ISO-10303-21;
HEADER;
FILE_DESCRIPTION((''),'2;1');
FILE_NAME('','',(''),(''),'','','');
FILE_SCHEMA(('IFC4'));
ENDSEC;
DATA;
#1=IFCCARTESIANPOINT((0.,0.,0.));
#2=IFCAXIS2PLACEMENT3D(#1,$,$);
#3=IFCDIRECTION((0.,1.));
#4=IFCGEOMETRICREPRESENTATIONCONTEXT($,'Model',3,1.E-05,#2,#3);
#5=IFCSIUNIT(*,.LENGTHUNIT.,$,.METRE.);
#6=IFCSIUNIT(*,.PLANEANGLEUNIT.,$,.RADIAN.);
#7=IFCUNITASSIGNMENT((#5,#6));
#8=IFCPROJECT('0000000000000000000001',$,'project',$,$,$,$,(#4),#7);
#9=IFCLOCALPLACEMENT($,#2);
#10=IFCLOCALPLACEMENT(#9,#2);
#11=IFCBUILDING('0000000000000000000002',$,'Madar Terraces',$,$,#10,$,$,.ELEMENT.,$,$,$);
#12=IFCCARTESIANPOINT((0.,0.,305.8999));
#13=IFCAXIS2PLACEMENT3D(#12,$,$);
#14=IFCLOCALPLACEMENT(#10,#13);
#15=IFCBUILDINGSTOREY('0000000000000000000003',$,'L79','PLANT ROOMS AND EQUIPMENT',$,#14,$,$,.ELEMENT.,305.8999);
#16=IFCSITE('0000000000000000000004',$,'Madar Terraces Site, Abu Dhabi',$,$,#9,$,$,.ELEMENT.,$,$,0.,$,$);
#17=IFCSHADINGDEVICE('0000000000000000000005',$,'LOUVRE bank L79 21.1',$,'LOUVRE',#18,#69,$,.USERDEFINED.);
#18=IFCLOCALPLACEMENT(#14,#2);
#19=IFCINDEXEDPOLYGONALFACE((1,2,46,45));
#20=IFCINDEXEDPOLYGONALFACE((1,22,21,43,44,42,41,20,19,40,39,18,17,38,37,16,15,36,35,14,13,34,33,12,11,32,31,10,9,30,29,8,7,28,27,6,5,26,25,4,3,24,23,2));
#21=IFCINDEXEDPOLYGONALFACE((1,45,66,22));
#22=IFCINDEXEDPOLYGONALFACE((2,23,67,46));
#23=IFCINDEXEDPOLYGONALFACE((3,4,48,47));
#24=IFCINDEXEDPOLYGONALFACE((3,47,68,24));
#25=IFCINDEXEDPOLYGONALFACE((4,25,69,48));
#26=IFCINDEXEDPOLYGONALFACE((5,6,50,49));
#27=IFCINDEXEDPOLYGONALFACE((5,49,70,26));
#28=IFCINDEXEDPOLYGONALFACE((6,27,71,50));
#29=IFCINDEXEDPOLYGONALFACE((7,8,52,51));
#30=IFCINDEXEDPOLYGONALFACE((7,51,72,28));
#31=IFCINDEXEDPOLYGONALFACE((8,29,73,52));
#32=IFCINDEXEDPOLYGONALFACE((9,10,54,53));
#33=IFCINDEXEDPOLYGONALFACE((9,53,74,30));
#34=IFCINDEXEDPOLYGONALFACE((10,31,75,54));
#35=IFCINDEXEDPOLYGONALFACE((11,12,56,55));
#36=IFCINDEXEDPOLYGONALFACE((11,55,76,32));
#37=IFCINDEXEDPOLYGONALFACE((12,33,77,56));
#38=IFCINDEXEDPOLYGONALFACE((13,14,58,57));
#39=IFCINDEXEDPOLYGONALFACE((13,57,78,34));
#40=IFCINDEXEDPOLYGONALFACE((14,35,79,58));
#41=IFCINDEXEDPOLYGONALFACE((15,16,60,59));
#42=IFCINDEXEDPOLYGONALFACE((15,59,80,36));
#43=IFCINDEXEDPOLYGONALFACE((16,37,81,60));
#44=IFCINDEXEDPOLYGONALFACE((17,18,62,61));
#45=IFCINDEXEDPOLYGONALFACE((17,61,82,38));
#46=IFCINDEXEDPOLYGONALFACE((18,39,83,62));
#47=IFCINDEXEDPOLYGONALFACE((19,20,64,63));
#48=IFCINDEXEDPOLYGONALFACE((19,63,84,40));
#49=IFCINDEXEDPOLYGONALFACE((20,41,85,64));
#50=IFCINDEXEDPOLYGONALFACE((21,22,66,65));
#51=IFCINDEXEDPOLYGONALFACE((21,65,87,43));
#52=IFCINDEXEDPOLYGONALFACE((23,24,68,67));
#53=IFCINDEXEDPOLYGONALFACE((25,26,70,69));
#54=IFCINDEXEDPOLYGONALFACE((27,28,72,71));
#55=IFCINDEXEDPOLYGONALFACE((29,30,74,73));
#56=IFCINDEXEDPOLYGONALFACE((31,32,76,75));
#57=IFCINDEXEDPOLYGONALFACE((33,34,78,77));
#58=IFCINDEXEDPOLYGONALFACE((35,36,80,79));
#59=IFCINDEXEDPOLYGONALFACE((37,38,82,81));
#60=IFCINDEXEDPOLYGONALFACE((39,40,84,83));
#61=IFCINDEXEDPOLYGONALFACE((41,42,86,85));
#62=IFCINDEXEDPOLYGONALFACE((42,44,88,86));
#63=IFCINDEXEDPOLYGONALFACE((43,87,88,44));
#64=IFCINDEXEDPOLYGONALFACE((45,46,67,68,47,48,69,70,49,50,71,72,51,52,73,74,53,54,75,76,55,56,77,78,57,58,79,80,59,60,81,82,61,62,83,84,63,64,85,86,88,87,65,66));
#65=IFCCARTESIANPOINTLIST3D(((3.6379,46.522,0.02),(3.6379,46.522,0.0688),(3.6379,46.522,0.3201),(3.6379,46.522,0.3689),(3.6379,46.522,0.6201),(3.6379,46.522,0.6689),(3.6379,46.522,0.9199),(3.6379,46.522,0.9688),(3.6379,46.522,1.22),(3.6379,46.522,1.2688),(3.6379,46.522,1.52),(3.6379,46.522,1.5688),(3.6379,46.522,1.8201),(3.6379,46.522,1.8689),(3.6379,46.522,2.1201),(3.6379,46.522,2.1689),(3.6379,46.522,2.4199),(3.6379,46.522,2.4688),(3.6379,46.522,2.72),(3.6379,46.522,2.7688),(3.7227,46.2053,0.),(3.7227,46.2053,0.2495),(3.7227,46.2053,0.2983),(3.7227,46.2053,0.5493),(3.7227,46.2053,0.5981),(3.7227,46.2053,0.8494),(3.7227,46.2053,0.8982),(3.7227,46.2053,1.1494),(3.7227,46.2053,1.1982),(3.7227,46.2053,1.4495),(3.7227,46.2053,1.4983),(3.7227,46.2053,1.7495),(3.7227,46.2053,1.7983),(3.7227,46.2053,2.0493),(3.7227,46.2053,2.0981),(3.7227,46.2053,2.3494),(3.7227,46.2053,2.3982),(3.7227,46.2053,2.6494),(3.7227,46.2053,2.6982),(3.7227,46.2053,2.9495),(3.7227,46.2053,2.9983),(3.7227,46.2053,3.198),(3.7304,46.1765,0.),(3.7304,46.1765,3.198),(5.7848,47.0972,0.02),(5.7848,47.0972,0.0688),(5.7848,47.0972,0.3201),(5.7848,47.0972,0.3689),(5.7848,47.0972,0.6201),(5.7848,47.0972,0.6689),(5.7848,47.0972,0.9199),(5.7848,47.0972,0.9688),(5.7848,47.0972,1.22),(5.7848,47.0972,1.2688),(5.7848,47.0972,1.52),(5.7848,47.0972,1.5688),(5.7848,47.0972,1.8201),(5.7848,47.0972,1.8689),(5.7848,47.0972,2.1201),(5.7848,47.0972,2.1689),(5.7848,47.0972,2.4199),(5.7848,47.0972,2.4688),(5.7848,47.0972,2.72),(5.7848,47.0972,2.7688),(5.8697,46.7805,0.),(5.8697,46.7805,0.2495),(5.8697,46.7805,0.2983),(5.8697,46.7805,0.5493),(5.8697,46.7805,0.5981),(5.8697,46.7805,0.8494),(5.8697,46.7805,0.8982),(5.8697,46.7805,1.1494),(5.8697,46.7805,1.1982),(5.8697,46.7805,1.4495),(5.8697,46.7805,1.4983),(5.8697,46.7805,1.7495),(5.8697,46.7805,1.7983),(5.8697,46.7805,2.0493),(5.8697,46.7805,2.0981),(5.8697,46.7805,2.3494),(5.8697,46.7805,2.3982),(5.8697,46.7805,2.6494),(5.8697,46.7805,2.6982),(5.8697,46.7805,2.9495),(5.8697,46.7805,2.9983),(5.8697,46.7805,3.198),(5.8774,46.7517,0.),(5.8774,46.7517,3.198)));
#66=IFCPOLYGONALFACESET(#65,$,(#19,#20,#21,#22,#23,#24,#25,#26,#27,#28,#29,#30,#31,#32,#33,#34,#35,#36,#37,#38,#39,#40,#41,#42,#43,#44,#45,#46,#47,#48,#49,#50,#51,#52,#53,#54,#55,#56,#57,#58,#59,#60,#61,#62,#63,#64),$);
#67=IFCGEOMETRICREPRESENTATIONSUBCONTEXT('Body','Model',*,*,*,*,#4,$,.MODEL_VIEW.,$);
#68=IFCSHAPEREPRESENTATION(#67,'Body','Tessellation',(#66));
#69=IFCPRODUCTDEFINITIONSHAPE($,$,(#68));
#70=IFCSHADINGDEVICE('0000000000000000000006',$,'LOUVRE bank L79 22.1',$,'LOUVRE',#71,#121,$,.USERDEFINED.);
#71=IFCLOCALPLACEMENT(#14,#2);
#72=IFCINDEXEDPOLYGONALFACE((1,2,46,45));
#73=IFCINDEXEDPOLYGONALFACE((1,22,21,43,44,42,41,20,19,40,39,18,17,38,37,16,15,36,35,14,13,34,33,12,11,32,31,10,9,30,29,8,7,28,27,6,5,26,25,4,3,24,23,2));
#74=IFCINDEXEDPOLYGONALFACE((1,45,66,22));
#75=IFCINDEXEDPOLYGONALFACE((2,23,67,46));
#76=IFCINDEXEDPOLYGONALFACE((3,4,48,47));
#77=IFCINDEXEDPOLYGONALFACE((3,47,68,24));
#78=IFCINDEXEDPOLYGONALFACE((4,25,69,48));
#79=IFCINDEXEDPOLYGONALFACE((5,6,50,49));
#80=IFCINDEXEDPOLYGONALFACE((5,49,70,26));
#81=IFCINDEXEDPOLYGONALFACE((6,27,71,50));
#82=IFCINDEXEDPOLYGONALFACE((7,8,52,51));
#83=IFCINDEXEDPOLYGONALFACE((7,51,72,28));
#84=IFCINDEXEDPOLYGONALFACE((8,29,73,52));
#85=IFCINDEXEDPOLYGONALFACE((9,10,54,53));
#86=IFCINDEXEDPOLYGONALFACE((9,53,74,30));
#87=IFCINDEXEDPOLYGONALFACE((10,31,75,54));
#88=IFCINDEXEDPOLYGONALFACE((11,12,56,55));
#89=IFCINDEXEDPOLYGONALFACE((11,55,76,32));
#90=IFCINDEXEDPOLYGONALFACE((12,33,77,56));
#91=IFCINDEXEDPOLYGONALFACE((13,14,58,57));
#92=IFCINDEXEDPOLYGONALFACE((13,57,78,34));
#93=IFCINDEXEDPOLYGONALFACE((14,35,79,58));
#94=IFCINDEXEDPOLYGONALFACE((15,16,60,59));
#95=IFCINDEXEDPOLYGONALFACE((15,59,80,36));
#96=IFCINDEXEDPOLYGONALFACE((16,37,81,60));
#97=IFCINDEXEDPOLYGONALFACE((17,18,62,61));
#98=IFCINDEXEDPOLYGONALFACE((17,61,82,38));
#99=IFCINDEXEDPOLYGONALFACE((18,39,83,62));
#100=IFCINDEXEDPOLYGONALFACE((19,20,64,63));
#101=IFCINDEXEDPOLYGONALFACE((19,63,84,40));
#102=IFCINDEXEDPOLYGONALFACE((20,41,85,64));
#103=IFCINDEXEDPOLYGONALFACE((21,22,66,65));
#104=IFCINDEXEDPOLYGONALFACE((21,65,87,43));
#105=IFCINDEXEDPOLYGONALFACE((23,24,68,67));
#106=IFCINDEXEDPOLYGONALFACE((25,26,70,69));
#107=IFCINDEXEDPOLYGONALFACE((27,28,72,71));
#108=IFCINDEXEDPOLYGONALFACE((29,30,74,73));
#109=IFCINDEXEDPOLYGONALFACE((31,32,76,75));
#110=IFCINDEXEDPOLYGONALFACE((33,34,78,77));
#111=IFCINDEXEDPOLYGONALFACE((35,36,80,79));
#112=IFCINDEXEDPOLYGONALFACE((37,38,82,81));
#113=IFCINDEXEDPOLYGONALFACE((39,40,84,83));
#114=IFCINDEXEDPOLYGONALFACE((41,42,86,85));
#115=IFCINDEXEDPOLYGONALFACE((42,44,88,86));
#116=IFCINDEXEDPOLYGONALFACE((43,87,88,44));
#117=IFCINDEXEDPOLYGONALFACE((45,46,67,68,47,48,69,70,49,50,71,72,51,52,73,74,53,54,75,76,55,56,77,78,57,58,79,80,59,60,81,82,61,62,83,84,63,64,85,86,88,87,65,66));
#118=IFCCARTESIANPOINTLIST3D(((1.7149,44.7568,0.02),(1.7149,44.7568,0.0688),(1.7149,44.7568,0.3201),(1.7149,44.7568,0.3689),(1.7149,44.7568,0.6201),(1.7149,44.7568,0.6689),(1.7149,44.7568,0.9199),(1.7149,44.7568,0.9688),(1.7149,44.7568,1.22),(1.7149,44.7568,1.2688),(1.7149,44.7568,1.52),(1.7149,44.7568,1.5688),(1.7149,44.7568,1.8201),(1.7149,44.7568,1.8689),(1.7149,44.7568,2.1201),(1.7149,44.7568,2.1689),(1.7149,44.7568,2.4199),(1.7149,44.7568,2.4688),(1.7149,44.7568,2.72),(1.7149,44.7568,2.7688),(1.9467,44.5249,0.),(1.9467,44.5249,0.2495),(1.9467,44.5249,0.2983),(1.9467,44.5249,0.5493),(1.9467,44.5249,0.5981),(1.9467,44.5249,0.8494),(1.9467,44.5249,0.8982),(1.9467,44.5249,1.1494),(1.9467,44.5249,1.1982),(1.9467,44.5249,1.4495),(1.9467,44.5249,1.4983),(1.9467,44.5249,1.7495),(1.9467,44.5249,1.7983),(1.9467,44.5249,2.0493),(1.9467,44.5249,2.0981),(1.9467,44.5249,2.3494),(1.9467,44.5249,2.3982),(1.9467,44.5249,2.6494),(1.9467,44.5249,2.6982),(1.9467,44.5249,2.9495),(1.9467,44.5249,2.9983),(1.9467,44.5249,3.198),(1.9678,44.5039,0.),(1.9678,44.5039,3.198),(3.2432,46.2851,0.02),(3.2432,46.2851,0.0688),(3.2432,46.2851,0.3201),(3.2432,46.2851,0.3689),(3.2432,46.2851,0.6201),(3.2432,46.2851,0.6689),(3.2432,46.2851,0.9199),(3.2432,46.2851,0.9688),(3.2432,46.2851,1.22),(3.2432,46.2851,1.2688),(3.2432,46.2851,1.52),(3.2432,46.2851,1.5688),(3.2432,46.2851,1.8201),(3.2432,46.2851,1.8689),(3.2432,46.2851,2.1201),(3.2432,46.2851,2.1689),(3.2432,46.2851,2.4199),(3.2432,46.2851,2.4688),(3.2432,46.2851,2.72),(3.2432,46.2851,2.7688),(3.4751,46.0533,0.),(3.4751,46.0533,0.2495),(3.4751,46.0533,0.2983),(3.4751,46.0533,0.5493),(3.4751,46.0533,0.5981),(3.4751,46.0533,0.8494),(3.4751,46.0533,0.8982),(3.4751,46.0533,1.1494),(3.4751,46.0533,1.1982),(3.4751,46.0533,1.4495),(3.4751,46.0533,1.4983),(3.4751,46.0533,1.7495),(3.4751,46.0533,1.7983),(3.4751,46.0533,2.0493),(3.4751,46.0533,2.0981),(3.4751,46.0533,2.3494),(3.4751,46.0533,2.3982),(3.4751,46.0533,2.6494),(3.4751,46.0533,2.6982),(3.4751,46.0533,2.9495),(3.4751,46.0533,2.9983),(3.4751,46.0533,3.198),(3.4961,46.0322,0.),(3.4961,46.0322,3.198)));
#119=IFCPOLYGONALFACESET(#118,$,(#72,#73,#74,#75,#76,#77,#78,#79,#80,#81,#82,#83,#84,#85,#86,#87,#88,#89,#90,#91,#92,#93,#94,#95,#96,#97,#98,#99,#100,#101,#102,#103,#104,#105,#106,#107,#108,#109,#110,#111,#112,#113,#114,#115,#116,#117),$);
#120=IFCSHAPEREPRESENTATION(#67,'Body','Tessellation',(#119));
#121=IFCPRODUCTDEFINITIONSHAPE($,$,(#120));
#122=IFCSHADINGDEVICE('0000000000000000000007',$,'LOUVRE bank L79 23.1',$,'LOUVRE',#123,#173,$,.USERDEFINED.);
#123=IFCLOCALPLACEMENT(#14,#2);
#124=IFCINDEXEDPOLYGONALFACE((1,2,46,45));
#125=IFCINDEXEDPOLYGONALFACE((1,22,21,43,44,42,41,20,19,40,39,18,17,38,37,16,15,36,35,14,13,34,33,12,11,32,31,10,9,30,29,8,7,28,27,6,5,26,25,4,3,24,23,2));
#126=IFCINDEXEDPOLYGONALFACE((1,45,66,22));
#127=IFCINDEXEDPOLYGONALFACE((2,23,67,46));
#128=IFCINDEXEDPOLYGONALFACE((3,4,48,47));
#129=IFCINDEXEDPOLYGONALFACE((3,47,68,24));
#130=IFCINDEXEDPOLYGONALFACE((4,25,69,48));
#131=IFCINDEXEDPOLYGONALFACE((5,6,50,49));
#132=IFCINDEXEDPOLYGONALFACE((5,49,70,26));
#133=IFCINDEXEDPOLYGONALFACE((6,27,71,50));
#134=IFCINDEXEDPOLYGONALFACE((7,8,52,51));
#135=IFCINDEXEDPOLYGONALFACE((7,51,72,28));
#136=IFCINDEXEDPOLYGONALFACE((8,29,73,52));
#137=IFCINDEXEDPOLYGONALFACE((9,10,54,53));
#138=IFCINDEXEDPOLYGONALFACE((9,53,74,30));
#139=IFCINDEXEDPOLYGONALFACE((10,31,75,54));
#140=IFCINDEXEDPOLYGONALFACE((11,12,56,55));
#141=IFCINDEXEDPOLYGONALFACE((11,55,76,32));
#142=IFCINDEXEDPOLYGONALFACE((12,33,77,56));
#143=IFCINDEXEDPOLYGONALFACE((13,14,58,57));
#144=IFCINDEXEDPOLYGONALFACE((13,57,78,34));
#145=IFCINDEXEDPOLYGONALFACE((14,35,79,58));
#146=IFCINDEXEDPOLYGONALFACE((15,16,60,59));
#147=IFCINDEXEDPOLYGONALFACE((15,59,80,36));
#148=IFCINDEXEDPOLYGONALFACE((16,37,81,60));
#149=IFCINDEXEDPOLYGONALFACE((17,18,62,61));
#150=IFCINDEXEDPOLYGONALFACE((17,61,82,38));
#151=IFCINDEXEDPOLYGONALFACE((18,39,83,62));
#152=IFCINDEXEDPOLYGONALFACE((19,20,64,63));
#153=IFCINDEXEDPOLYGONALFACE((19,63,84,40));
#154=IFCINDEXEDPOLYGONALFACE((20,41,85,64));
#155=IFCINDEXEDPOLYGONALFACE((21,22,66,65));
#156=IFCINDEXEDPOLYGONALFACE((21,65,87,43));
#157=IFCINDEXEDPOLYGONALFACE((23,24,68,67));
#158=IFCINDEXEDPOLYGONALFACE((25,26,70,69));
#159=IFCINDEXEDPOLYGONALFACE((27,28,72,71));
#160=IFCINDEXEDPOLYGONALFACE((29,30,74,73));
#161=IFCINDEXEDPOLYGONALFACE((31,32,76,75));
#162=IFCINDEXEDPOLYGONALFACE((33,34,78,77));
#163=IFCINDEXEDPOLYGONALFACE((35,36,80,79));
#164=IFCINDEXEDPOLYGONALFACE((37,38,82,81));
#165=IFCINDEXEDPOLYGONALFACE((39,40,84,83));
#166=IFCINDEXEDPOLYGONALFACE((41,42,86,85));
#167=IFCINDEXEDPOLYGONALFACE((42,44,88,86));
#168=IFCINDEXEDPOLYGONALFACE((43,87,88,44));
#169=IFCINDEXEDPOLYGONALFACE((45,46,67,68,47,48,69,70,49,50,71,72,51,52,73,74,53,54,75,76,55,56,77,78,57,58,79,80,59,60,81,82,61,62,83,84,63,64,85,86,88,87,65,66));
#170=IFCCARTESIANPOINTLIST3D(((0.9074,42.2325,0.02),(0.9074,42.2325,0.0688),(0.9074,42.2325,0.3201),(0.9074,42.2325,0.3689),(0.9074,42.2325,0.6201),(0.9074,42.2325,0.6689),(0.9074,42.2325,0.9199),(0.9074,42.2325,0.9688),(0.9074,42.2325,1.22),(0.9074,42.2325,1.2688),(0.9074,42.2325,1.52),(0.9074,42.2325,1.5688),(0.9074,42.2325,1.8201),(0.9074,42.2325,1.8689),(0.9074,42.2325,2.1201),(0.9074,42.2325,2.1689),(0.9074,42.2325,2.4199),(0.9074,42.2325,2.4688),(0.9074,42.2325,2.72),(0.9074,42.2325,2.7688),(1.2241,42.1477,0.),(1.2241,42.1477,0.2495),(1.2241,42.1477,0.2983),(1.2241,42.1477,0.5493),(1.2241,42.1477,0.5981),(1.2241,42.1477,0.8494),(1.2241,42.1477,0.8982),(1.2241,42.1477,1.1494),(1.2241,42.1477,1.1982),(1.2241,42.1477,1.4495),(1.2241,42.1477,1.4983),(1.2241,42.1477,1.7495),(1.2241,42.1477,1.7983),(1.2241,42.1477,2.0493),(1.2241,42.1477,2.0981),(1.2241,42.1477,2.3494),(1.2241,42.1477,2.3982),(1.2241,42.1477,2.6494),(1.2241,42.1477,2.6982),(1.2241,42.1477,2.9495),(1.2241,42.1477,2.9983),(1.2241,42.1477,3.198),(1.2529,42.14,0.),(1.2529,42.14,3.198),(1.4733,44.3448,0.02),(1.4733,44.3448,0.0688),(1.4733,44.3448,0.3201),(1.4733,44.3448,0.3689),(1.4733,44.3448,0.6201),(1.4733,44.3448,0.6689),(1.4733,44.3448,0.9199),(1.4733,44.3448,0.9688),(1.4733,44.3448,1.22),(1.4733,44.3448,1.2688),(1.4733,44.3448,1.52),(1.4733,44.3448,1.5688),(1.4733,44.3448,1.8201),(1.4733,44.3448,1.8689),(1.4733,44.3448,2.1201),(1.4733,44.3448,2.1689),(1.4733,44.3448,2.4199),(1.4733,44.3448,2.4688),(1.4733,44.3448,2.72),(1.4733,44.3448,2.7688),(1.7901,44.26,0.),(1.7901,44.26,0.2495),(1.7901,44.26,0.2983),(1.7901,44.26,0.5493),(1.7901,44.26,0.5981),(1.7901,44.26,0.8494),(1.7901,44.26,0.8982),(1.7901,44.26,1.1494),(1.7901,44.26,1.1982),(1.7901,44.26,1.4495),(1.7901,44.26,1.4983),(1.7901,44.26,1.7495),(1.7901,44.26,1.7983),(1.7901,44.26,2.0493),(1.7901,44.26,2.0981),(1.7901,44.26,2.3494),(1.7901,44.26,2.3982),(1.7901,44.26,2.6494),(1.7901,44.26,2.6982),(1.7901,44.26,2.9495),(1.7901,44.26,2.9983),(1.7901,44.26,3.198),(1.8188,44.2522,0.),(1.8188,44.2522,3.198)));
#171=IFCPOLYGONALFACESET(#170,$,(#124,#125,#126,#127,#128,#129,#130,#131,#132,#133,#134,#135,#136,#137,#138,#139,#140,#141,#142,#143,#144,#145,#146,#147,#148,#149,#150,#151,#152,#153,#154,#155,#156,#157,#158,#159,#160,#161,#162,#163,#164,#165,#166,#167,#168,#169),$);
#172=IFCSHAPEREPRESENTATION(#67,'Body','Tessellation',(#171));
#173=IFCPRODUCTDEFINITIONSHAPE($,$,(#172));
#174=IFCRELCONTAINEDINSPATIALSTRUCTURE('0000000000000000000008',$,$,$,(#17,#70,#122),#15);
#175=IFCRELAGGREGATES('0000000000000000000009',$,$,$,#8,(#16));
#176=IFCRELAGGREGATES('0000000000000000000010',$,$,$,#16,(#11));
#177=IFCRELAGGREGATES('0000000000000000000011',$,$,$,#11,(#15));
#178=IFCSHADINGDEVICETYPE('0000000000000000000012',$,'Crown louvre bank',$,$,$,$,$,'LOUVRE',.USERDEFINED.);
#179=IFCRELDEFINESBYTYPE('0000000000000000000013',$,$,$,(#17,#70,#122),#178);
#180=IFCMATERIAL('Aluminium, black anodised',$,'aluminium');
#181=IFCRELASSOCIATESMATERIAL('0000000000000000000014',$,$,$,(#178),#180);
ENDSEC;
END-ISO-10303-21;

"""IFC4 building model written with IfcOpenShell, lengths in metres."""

from ifc_helpers import new_model, si_unit, direction, frame, origin, place, context, subcontext, project, spatial, polyline, outline, extrude, material, type_object, element, save


model = new_model("IFC4")

# Units and contexts
model_context = context("Model", 3, precision=1e-05, world=origin(), true_north=direction((0.0, 1.0)))
body_context = subcontext(model_context, "Body", "Model", "MODEL_VIEW")
ifc_project = project(units=[si_unit("LENGTHUNIT", "METRE"), si_unit("PLANEANGLEUNIT", "RADIAN")], contexts=[model_context])

# Site, building, storey
site_placement = place(None, origin())
site = spatial("IfcSite", under=ifc_project, at=site_placement, Name="Madar Terraces Site, Abu Dhabi", CompositionType="ELEMENT", RefElevation=0.0)
building_placement = place(site_placement, origin())
building = spatial("IfcBuilding", under=site, at=building_placement, Name="Madar Terraces", CompositionType="ELEMENT")
storey_placement = place(building_placement, frame((0.0, 0.0, 305.8999)))
storey = spatial("IfcBuildingStorey", under=building, at=storey_placement, Name="L79", Description="PLANT ROOMS AND EQUIPMENT", CompositionType="ELEMENT", Elevation=305.8999)

# Shading devices
ifc_material_1 = material(Name="Aluminium, black anodised", Category="aluminium")
shading_device_type = type_object("IfcShadingDeviceType", Name="Crown louvre bank", ElementType="LOUVRE", PredefinedType="USERDEFINED", material=ifc_material_1)
shading_device_1_placement = place(storey_placement, frame((5.8735, 46.7661, 0.0), z_axis=(-0.965935, -0.258784, 0.0), x_axis=(0.258784, -0.965935, 0.0)))
element("IfcShadingDevice", 1, at=shading_device_1_placement, inside=storey, type_object=shading_device_type, Name="LOUVRE bank L79 21.1", ObjectType="LOUVRE", PredefinedType="USERDEFINED", context=body_context, shape_type="SweptSolid", body=[
    extrude(outline(polyline([(0.0149, 0.0), (-0.0149, 0.0), (-0.0149, 0.2495), (-0.3428, 0.02), (-0.3428, 0.0688), (-0.0149, 0.2983), (-0.0149, 0.5493), (-0.3428, 0.3201), (-0.3428, 0.3689), (-0.0149, 0.5981), (-0.0149, 0.8494), (-0.3428, 0.6201), (-0.3428, 0.6689), (-0.0149, 0.8982), (-0.0149, 1.1494), (-0.3428, 0.9199), (-0.3428, 0.9688), (-0.0149, 1.1982), (-0.0149, 1.4495), (-0.3428, 1.22), (-0.3428, 1.2688), (-0.0149, 1.4983), (-0.0149, 1.7495), (-0.3428, 1.52), (-0.3428, 1.5688), (-0.0149, 1.7983), (-0.0149, 2.0493), (-0.3428, 1.8201), (-0.3428, 1.8689), (-0.0149, 2.0981), (-0.0149, 2.3494), (-0.3428, 2.1201), (-0.3428, 2.1689), (-0.0149, 2.3982), (-0.0149, 2.6494), (-0.3428, 2.4199), (-0.3428, 2.4688), (-0.0149, 2.6982), (-0.0149, 2.9495), (-0.3428, 2.72), (-0.3428, 2.7688), (-0.0149, 2.9983), (-0.0149, 3.198), (0.0149, 3.198), (0.0149, 0.0)])), origin(), (0.0, 0.0, 1.0), 2.2227),
])
shading_device_2_placement = place(storey_placement, frame((3.4856, 46.0427, 0.0), z_axis=(-0.707107, -0.707107, 0.0), x_axis=(0.707107, -0.707107, 0.0)))
element("IfcShadingDevice", 2, at=shading_device_2_placement, inside=storey, type_object=shading_device_type, Name="LOUVRE bank L79 22.1", ObjectType="LOUVRE", PredefinedType="USERDEFINED", context=body_context, shape_type="SweptSolid", body=[
    extrude(outline(polyline([(0.0149, 0.0), (-0.0149, 0.0), (-0.0149, 0.2495), (-0.3428, 0.02), (-0.3428, 0.0688), (-0.0149, 0.2983), (-0.0149, 0.5493), (-0.3428, 0.3201), (-0.3428, 0.3689), (-0.0149, 0.5981), (-0.0149, 0.8494), (-0.3428, 0.6201), (-0.3428, 0.6689), (-0.0149, 0.8982), (-0.0149, 1.1494), (-0.3428, 0.9199), (-0.3428, 0.9688), (-0.0149, 1.1982), (-0.0149, 1.4495), (-0.3428, 1.22), (-0.3428, 1.2688), (-0.0149, 1.4983), (-0.0149, 1.7495), (-0.3428, 1.52), (-0.3428, 1.5688), (-0.0149, 1.7983), (-0.0149, 2.0493), (-0.3428, 1.8201), (-0.3428, 1.8689), (-0.0149, 2.0981), (-0.0149, 2.3494), (-0.3428, 2.1201), (-0.3428, 2.1689), (-0.0149, 2.3982), (-0.0149, 2.6494), (-0.3428, 2.4199), (-0.3428, 2.4688), (-0.0149, 2.6982), (-0.0149, 2.9495), (-0.3428, 2.72), (-0.3428, 2.7688), (-0.0149, 2.9983), (-0.0149, 3.198), (0.0149, 3.198), (0.0149, 0.0)])), origin(), (0.0, 0.0, 1.0), 2.1614),
])
shading_device_3_placement = place(storey_placement, frame((1.8044, 44.2561, 0.0), z_axis=(-0.258788, -0.965934, 0.0), x_axis=(0.965934, -0.258788, 0.0)))
element("IfcShadingDevice", 3, at=shading_device_3_placement, inside=storey, type_object=shading_device_type, Name="LOUVRE bank L79 23.1", ObjectType="LOUVRE", PredefinedType="USERDEFINED", context=body_context, shape_type="SweptSolid", body=[
    extrude(outline(polyline([(0.0149, 0.0), (-0.0149, 0.0), (-0.0149, 0.2495), (-0.3428, 0.02), (-0.3428, 0.0688), (-0.0149, 0.2983), (-0.0149, 0.5493), (-0.3428, 0.3201), (-0.3428, 0.3689), (-0.0149, 0.5981), (-0.0149, 0.8494), (-0.3428, 0.6201), (-0.3428, 0.6689), (-0.0149, 0.8982), (-0.0149, 1.1494), (-0.3428, 0.9199), (-0.3428, 0.9688), (-0.0149, 1.1982), (-0.0149, 1.4495), (-0.3428, 1.22), (-0.3428, 1.2688), (-0.0149, 1.4983), (-0.0149, 1.7495), (-0.3428, 1.52), (-0.3428, 1.5688), (-0.0149, 1.7983), (-0.0149, 2.0493), (-0.3428, 1.8201), (-0.3428, 1.8689), (-0.0149, 2.0981), (-0.0149, 2.3494), (-0.3428, 2.1201), (-0.3428, 2.1689), (-0.0149, 2.3982), (-0.0149, 2.6494), (-0.3428, 2.4199), (-0.3428, 2.4688), (-0.0149, 2.6982), (-0.0149, 2.9495), (-0.3428, 2.72), (-0.3428, 2.7688), (-0.0149, 2.9983), (-0.0149, 3.198), (0.0149, 3.198), (0.0149, 0.0)])), origin(), (0.0, 0.0, 1.0), 2.1868),
])

save(model, "model.ifc")
